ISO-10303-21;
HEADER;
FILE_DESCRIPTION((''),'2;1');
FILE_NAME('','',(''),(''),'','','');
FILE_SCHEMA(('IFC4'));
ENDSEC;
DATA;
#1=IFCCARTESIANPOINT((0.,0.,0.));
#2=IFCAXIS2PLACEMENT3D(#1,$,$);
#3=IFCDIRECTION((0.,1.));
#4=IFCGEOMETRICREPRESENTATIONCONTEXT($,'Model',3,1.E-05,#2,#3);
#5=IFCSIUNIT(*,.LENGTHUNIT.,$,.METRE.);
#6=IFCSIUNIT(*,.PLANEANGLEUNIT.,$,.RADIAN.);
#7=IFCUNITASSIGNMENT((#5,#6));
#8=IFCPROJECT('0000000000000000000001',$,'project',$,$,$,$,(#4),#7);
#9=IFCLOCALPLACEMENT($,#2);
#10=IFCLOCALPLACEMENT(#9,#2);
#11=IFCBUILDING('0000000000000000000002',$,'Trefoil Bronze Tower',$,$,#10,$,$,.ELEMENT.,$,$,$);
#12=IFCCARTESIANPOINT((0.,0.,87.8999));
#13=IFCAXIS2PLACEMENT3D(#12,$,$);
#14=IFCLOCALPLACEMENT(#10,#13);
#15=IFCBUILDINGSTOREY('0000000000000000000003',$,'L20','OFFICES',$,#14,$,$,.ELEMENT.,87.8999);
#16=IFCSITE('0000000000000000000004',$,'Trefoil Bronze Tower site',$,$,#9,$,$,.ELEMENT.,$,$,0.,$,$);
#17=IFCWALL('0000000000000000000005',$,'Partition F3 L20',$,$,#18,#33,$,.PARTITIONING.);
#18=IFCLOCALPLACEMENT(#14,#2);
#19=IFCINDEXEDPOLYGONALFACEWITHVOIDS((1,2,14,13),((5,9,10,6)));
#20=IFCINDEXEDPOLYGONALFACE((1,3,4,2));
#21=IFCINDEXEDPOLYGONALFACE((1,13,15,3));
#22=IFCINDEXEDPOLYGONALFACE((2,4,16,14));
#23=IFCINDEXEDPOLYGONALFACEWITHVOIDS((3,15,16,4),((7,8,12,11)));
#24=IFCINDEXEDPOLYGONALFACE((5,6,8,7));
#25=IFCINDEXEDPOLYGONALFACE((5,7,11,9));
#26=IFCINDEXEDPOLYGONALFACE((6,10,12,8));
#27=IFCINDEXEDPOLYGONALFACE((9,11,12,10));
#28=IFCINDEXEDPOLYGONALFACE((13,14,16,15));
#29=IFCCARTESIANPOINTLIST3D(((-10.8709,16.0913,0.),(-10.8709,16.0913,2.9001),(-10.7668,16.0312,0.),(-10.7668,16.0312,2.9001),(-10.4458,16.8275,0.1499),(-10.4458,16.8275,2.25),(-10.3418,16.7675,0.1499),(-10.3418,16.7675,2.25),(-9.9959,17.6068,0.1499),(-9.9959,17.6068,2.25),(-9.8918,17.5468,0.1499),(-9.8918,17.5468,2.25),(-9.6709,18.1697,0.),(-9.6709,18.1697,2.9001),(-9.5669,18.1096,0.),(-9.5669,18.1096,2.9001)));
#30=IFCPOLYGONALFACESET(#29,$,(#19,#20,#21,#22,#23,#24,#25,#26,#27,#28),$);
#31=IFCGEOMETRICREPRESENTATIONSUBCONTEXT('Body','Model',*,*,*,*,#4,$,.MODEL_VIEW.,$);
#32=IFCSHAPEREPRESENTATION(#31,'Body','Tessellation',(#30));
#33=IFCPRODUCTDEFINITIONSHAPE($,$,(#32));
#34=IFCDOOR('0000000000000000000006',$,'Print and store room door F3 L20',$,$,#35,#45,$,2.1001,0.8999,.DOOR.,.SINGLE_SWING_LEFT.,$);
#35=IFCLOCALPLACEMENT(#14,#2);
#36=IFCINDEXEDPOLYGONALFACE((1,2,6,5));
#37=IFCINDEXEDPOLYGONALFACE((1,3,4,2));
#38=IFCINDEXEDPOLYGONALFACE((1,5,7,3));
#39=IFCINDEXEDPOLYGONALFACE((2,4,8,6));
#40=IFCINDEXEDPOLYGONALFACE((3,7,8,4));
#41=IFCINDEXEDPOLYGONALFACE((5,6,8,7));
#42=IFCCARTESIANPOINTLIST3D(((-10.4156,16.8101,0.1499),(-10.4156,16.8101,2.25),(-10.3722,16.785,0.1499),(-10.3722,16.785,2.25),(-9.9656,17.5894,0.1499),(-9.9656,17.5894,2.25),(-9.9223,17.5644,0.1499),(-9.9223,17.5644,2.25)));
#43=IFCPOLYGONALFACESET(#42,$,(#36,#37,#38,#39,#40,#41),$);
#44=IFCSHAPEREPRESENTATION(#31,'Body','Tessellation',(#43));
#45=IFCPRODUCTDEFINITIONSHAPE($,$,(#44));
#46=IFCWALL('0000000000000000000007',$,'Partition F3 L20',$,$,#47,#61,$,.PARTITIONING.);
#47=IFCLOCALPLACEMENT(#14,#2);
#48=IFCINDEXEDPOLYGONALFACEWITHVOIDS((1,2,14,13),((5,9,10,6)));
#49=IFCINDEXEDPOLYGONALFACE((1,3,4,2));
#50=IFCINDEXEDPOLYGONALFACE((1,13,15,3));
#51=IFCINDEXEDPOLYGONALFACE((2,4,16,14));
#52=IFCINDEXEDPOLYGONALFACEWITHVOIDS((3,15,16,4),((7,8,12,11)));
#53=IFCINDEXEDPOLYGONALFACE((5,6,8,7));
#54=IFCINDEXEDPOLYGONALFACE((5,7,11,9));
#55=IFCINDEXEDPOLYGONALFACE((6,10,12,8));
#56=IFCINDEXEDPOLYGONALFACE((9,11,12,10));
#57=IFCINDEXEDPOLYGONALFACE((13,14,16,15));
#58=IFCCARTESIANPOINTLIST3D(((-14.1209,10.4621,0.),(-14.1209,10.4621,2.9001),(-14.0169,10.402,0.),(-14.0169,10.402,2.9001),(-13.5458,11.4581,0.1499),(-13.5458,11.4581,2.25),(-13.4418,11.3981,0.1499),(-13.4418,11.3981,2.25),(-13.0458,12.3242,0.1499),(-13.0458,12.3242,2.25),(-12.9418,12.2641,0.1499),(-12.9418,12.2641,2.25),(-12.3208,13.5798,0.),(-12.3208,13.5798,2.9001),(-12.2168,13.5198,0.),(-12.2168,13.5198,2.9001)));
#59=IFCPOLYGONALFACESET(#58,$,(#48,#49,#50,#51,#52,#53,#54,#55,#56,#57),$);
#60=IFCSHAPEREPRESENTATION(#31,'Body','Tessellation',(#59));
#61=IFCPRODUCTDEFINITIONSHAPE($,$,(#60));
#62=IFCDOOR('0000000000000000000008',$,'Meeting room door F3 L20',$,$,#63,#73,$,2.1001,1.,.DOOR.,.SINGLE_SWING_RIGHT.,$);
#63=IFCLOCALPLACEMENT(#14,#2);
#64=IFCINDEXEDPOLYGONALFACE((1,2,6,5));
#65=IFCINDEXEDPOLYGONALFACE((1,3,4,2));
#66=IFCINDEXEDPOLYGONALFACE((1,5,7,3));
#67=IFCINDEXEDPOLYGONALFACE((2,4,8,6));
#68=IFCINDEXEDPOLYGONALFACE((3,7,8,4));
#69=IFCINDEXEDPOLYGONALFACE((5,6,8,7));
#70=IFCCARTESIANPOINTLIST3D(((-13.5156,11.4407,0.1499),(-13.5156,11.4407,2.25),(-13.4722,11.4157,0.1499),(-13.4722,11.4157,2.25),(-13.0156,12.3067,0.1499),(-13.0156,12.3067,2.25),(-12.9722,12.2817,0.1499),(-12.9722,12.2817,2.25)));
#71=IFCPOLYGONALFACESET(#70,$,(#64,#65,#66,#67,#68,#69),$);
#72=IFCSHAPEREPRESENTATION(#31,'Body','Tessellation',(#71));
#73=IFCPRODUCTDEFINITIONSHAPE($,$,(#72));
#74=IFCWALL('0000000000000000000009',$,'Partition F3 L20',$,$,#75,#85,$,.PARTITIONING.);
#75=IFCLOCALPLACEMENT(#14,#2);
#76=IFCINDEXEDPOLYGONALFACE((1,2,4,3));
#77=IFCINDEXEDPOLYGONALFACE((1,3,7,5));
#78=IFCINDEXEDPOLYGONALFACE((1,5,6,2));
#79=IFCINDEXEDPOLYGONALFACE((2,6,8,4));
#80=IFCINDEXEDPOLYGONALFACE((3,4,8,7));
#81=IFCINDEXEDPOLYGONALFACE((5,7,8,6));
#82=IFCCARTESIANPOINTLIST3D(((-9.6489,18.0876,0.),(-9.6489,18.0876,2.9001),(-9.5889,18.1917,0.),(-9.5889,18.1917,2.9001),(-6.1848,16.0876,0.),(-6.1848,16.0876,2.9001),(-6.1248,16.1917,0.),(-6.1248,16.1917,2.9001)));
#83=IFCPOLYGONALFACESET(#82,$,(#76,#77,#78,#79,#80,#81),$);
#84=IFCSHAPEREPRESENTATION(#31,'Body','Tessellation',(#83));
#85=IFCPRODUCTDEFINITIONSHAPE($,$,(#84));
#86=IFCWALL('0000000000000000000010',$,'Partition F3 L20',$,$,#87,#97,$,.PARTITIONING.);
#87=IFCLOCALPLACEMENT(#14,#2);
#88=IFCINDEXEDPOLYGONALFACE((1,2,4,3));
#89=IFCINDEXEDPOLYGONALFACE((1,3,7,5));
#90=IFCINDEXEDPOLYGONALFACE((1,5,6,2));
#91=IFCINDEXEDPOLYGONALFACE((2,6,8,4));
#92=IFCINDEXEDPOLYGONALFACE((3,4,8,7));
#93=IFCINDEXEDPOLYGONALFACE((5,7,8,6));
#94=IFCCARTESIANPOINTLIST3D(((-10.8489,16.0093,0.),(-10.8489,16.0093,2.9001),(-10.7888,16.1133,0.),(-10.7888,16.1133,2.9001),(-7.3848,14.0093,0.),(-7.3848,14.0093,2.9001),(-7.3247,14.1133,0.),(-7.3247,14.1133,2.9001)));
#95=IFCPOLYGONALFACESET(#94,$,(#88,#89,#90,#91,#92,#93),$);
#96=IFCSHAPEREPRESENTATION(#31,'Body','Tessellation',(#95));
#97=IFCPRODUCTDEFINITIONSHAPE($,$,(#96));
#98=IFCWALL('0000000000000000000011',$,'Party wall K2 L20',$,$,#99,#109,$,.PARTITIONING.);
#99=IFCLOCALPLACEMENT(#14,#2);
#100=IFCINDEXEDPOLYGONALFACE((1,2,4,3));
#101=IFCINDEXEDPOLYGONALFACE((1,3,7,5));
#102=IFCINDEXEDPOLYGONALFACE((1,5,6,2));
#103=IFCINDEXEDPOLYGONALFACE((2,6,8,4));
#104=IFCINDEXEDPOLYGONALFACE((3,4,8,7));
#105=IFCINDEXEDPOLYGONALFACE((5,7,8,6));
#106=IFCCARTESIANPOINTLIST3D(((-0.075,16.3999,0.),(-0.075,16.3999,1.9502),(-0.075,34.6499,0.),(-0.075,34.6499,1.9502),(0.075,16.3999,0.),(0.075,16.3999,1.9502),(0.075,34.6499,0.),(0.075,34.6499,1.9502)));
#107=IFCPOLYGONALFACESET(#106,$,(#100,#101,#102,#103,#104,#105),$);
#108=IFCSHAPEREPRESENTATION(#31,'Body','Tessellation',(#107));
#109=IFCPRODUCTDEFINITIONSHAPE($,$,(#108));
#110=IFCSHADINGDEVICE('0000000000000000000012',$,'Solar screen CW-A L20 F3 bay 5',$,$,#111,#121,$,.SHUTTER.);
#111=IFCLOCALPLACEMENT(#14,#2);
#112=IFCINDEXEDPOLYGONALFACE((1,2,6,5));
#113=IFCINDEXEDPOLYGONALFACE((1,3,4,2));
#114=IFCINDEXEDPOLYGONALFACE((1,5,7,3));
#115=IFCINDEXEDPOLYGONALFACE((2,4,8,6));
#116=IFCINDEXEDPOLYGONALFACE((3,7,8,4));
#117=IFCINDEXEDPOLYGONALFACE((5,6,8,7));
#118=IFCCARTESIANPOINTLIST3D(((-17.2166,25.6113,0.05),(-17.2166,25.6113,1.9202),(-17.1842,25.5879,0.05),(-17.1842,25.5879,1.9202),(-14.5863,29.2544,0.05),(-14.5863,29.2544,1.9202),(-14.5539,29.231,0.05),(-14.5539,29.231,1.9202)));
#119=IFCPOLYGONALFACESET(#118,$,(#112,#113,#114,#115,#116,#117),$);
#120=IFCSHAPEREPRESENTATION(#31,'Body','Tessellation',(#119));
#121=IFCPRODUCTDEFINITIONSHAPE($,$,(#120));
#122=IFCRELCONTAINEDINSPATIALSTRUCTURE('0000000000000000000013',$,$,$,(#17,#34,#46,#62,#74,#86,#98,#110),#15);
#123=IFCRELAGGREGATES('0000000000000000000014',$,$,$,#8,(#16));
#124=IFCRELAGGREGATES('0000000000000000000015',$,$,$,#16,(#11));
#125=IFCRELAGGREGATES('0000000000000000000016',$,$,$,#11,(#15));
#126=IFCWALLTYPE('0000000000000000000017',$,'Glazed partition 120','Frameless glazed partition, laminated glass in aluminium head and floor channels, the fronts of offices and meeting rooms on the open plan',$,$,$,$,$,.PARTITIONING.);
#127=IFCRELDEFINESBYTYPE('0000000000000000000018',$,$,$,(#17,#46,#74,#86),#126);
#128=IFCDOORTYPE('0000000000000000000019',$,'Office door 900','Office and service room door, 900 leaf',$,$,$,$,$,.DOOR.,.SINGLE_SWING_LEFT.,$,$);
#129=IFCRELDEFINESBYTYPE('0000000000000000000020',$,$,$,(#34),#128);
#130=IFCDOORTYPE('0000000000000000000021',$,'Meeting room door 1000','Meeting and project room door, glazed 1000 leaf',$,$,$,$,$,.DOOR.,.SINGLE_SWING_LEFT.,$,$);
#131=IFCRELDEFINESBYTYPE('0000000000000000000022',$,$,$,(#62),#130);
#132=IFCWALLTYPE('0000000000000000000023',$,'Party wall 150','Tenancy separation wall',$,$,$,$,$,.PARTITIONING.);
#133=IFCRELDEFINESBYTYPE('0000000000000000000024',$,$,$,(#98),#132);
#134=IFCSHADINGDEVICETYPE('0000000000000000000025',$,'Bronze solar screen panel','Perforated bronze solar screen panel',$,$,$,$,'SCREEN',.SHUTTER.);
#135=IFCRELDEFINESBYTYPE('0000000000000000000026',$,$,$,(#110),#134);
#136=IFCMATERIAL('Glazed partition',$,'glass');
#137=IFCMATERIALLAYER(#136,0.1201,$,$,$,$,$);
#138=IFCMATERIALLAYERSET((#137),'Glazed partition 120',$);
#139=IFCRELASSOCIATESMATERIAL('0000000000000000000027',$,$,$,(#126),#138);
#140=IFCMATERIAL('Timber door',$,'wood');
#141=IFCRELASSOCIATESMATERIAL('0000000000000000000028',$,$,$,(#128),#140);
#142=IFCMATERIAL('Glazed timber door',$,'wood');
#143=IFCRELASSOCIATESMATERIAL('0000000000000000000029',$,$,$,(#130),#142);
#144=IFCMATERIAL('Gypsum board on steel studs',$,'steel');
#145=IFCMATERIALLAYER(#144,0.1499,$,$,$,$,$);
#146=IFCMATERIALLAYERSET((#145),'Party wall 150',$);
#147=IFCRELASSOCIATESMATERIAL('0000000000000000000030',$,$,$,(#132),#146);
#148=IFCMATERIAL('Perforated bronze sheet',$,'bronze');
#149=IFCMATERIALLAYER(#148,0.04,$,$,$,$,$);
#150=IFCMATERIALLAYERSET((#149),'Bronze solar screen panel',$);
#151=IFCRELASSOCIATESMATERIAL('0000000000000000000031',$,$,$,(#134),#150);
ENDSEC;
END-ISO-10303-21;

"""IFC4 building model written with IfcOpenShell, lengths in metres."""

from ifc_helpers import new_model, si_unit, direction, frame, frame_2d, origin, origin_2d, place, context, subcontext, project, spatial, rectangle, extrude, material, layer, layer_set, type_object, element, fill, save


model = new_model("IFC4")

# Units and contexts
model_context = context("Model", 3, precision=1e-05, world=origin(), true_north=direction((0.0, 1.0)))
body_context = subcontext(model_context, "Body", "Model", "MODEL_VIEW")
ifc_project = project(units=[si_unit("LENGTHUNIT", "METRE"), si_unit("PLANEANGLEUNIT", "RADIAN")], contexts=[model_context])

# Site, building, storey
site_placement = place(None, origin())
site = spatial("IfcSite", under=ifc_project, at=site_placement, Name="Trefoil Bronze Tower site", CompositionType="ELEMENT", RefElevation=0.0)
building_placement = place(site_placement, origin())
building = spatial("IfcBuilding", under=site, at=building_placement, Name="Trefoil Bronze Tower", CompositionType="ELEMENT")
storey_placement = place(building_placement, frame((0.0, 0.0, 87.8999)))
storey = spatial("IfcBuildingStorey", under=building, at=storey_placement, Name="L20", Description="OFFICES", CompositionType="ELEMENT", Elevation=87.8999)

# Walls, openings, doors
ifc_material_1 = material(Name="Glazed partition", Category="glass")
ifc_layer_1 = layer(ifc_material_1, 0.1201)
ifc_layer_set_1 = layer_set([ifc_layer_1], Name="Glazed partition 120")
wall_type_1 = type_object("IfcWallType", Name="Glazed partition 120", Description="Frameless glazed partition, laminated glass in aluminium head and floor channels, the fronts of offices and meeting rooms on the open plan", PredefinedType="PARTITIONING", material=ifc_layer_set_1)
wall_1_placement = place(storey_placement, frame((-9.6189, 18.1396, 0.0), z_axis=(0.0, 0.0, 1.0), x_axis=(-0.500001, -0.866025, 0.0)))
wall_1 = element("IfcWall", 1, at=wall_1_placement, inside=storey, type_object=wall_type_1, Name="Partition F3 L20", PredefinedType="PARTITIONING", context=body_context, shape_type="SweptSolid", body=[
    extrude(rectangle(XDim=2.3999, YDim=0.1201, at=frame_2d((1.2, 0.0))), origin(), (0.0, 0.0, 1.0), 2.9001),
])
opening_1_placement = place(wall_1_placement, frame((0.6499, 0.0, 0.1499)))
opening_1 = element("IfcOpeningElement", 2, at=opening_1_placement, cuts=wall_1, PredefinedType="OPENING", context=body_context, shape_type="SweptSolid", body=[
    extrude(rectangle(XDim=0.8999, YDim=2.1001, at=frame_2d((0.45, 1.05))), frame((0.0, 0.0701, 0.0), z_axis=(0.0, -1.0, 0.0), x_axis=(1.0, 0.0, 0.0)), (0.0, 0.0, 1.0), 0.1401),
])
ifc_material_2 = material(Name="Timber door", Category="wood")
door_type_1 = type_object("IfcDoorType", Name="Office door 900", Description="Office and service room door, 900 leaf", OperationType="SINGLE_SWING_LEFT", PredefinedType="DOOR", material=ifc_material_2)
door_1_placement = place(opening_1_placement, origin())
door_1 = element("IfcDoor", 3, at=door_1_placement, inside=storey, type_object=door_type_1, Name="Print and store room door F3 L20", OperationType="SINGLE_SWING_LEFT", OverallHeight=2.1001, OverallWidth=0.8999, PredefinedType="DOOR", context=body_context, shape_type="SweptSolid", body=[
    extrude(rectangle(XDim=0.8999, YDim=2.1001, at=frame_2d((0.45, 1.05))), frame((0.0, 0.0249, 0.0), z_axis=(0.0, -1.0, 0.0), x_axis=(1.0, 0.0, 0.0)), (0.0, 0.0, 1.0), 0.05),
])
fill(opening_1, door_1)
wall_2_placement = place(storey_placement, frame((-12.2688, 13.5498, 0.0), z_axis=(0.0, 0.0, 1.0), x_axis=(-0.500012, -0.866018, 0.0)))
wall_2 = element("IfcWall", 4, at=wall_2_placement, inside=storey, type_object=wall_type_1, Name="Partition F3 L20", PredefinedType="PARTITIONING", context=body_context, shape_type="SweptSolid", body=[
    extrude(rectangle(XDim=3.6001, YDim=0.1201, at=frame_2d((1.8, 0.0))), origin(), (0.0, 0.0, 1.0), 2.9001),
])
opening_2_placement = place(wall_2_placement, frame((1.45, 0.0, 0.1499)))
opening_2 = element("IfcOpeningElement", 5, at=opening_2_placement, cuts=wall_2, PredefinedType="OPENING", context=body_context, shape_type="SweptSolid", body=[
    extrude(rectangle(XDim=1.0, YDim=2.1001, at=frame_2d((0.5, 1.05))), frame((0.0, 0.0701, 0.0), z_axis=(0.0, -1.0, 0.0), x_axis=(1.0, 0.0, 0.0)), (0.0, 0.0, 1.0), 0.1401),
])
ifc_material_3 = material(Name="Glazed timber door", Category="wood")
door_type_2 = type_object("IfcDoorType", Name="Meeting room door 1000", Description="Meeting and project room door, glazed 1000 leaf", OperationType="SINGLE_SWING_LEFT", PredefinedType="DOOR", material=ifc_material_3)
door_2_placement = place(opening_2_placement, origin())
door_2 = element("IfcDoor", 6, at=door_2_placement, inside=storey, type_object=door_type_2, Name="Meeting room door F3 L20", OperationType="SINGLE_SWING_RIGHT", OverallHeight=2.1001, OverallWidth=1.0, PredefinedType="DOOR", context=body_context, shape_type="SweptSolid", body=[
    extrude(rectangle(XDim=1.0, YDim=2.1001, at=frame_2d((0.5, 1.05))), frame((0.0, 0.0249, 0.0), z_axis=(0.0, -1.0, 0.0), x_axis=(1.0, 0.0, 0.0)), (0.0, 0.0, 1.0), 0.05),
])
fill(opening_2, door_2)

# Walls
for number, where, z_axis, x_axis, name in (
    (7, (-6.1548, 16.1396, 0.0), (0.0, 0.0, 1.0), (-0.866026, 0.499999, 0.0), "Partition F3 L20"),
    (8, (-7.3547, 14.0613, 0.0), (0.0, 0.0, 1.0), (-0.866026, 0.499999, 0.0), "Partition F3 L20"),
):
    element("IfcWall", number, at=place(storey_placement, frame(where, z_axis=z_axis, x_axis=x_axis)), inside=storey, type_object=wall_type_1, Name=name, PredefinedType="PARTITIONING", context=body_context, shape_type="SweptSolid", body=[
        extrude(rectangle(XDim=4.0, YDim=0.1201, at=frame_2d((2.0, 0.0))), origin(), (0.0, 0.0, 1.0), 2.9001),
    ])
ifc_material_4 = material(Name="Gypsum board on steel studs", Category="steel")
ifc_layer_2 = layer(ifc_material_4, 0.1499)
ifc_layer_set_2 = layer_set([ifc_layer_2], Name="Party wall 150")
wall_type_2 = type_object("IfcWallType", Name="Party wall 150", Description="Tenancy separation wall", PredefinedType="PARTITIONING", material=ifc_layer_set_2)
wall_3_placement = place(storey_placement, frame((0.0, 16.3999, 0.0), z_axis=(0.0, 0.0, 1.0), x_axis=(0.0, 1.0, 0.0)))
element("IfcWall", 9, at=wall_3_placement, inside=storey, type_object=wall_type_2, Name="Party wall K2 L20", PredefinedType="PARTITIONING", context=body_context, shape_type="SweptSolid", body=[
    extrude(rectangle(XDim=18.25, YDim=0.1499, at=frame_2d((9.125, 0.0))), origin(), (0.0, 0.0, 1.0), 1.9502),
])

# Shading device
ifc_material_5 = material(Name="Perforated bronze sheet", Category="bronze")
ifc_layer_3 = layer(ifc_material_5, 0.04)
ifc_layer_set_3 = layer_set([ifc_layer_3], Name="Bronze solar screen panel")
shading_device_type = type_object("IfcShadingDeviceType", Name="Bronze solar screen panel", Description="Perforated bronze solar screen panel", ElementType="SCREEN", PredefinedType="SHUTTER", material=ifc_layer_set_3)
shading_device_placement = place(storey_placement, frame((-15.8853, 27.4211, 0.05), z_axis=(0.0, 0.0, 1.0), x_axis=(-0.585373, -0.810764, 0.0)))
element("IfcShadingDevice", 10, at=shading_device_placement, inside=storey, type_object=shading_device_type, Name="Solar screen CW-A L20 F3 bay 5", PredefinedType="SHUTTER", context=body_context, shape_type="SweptSolid", body=[
    extrude(rectangle(XDim=4.4934, YDim=0.04, at=origin_2d()), origin(), (0.0, 0.0, 1.0), 1.8701),
])

save(model, "model.ifc")
